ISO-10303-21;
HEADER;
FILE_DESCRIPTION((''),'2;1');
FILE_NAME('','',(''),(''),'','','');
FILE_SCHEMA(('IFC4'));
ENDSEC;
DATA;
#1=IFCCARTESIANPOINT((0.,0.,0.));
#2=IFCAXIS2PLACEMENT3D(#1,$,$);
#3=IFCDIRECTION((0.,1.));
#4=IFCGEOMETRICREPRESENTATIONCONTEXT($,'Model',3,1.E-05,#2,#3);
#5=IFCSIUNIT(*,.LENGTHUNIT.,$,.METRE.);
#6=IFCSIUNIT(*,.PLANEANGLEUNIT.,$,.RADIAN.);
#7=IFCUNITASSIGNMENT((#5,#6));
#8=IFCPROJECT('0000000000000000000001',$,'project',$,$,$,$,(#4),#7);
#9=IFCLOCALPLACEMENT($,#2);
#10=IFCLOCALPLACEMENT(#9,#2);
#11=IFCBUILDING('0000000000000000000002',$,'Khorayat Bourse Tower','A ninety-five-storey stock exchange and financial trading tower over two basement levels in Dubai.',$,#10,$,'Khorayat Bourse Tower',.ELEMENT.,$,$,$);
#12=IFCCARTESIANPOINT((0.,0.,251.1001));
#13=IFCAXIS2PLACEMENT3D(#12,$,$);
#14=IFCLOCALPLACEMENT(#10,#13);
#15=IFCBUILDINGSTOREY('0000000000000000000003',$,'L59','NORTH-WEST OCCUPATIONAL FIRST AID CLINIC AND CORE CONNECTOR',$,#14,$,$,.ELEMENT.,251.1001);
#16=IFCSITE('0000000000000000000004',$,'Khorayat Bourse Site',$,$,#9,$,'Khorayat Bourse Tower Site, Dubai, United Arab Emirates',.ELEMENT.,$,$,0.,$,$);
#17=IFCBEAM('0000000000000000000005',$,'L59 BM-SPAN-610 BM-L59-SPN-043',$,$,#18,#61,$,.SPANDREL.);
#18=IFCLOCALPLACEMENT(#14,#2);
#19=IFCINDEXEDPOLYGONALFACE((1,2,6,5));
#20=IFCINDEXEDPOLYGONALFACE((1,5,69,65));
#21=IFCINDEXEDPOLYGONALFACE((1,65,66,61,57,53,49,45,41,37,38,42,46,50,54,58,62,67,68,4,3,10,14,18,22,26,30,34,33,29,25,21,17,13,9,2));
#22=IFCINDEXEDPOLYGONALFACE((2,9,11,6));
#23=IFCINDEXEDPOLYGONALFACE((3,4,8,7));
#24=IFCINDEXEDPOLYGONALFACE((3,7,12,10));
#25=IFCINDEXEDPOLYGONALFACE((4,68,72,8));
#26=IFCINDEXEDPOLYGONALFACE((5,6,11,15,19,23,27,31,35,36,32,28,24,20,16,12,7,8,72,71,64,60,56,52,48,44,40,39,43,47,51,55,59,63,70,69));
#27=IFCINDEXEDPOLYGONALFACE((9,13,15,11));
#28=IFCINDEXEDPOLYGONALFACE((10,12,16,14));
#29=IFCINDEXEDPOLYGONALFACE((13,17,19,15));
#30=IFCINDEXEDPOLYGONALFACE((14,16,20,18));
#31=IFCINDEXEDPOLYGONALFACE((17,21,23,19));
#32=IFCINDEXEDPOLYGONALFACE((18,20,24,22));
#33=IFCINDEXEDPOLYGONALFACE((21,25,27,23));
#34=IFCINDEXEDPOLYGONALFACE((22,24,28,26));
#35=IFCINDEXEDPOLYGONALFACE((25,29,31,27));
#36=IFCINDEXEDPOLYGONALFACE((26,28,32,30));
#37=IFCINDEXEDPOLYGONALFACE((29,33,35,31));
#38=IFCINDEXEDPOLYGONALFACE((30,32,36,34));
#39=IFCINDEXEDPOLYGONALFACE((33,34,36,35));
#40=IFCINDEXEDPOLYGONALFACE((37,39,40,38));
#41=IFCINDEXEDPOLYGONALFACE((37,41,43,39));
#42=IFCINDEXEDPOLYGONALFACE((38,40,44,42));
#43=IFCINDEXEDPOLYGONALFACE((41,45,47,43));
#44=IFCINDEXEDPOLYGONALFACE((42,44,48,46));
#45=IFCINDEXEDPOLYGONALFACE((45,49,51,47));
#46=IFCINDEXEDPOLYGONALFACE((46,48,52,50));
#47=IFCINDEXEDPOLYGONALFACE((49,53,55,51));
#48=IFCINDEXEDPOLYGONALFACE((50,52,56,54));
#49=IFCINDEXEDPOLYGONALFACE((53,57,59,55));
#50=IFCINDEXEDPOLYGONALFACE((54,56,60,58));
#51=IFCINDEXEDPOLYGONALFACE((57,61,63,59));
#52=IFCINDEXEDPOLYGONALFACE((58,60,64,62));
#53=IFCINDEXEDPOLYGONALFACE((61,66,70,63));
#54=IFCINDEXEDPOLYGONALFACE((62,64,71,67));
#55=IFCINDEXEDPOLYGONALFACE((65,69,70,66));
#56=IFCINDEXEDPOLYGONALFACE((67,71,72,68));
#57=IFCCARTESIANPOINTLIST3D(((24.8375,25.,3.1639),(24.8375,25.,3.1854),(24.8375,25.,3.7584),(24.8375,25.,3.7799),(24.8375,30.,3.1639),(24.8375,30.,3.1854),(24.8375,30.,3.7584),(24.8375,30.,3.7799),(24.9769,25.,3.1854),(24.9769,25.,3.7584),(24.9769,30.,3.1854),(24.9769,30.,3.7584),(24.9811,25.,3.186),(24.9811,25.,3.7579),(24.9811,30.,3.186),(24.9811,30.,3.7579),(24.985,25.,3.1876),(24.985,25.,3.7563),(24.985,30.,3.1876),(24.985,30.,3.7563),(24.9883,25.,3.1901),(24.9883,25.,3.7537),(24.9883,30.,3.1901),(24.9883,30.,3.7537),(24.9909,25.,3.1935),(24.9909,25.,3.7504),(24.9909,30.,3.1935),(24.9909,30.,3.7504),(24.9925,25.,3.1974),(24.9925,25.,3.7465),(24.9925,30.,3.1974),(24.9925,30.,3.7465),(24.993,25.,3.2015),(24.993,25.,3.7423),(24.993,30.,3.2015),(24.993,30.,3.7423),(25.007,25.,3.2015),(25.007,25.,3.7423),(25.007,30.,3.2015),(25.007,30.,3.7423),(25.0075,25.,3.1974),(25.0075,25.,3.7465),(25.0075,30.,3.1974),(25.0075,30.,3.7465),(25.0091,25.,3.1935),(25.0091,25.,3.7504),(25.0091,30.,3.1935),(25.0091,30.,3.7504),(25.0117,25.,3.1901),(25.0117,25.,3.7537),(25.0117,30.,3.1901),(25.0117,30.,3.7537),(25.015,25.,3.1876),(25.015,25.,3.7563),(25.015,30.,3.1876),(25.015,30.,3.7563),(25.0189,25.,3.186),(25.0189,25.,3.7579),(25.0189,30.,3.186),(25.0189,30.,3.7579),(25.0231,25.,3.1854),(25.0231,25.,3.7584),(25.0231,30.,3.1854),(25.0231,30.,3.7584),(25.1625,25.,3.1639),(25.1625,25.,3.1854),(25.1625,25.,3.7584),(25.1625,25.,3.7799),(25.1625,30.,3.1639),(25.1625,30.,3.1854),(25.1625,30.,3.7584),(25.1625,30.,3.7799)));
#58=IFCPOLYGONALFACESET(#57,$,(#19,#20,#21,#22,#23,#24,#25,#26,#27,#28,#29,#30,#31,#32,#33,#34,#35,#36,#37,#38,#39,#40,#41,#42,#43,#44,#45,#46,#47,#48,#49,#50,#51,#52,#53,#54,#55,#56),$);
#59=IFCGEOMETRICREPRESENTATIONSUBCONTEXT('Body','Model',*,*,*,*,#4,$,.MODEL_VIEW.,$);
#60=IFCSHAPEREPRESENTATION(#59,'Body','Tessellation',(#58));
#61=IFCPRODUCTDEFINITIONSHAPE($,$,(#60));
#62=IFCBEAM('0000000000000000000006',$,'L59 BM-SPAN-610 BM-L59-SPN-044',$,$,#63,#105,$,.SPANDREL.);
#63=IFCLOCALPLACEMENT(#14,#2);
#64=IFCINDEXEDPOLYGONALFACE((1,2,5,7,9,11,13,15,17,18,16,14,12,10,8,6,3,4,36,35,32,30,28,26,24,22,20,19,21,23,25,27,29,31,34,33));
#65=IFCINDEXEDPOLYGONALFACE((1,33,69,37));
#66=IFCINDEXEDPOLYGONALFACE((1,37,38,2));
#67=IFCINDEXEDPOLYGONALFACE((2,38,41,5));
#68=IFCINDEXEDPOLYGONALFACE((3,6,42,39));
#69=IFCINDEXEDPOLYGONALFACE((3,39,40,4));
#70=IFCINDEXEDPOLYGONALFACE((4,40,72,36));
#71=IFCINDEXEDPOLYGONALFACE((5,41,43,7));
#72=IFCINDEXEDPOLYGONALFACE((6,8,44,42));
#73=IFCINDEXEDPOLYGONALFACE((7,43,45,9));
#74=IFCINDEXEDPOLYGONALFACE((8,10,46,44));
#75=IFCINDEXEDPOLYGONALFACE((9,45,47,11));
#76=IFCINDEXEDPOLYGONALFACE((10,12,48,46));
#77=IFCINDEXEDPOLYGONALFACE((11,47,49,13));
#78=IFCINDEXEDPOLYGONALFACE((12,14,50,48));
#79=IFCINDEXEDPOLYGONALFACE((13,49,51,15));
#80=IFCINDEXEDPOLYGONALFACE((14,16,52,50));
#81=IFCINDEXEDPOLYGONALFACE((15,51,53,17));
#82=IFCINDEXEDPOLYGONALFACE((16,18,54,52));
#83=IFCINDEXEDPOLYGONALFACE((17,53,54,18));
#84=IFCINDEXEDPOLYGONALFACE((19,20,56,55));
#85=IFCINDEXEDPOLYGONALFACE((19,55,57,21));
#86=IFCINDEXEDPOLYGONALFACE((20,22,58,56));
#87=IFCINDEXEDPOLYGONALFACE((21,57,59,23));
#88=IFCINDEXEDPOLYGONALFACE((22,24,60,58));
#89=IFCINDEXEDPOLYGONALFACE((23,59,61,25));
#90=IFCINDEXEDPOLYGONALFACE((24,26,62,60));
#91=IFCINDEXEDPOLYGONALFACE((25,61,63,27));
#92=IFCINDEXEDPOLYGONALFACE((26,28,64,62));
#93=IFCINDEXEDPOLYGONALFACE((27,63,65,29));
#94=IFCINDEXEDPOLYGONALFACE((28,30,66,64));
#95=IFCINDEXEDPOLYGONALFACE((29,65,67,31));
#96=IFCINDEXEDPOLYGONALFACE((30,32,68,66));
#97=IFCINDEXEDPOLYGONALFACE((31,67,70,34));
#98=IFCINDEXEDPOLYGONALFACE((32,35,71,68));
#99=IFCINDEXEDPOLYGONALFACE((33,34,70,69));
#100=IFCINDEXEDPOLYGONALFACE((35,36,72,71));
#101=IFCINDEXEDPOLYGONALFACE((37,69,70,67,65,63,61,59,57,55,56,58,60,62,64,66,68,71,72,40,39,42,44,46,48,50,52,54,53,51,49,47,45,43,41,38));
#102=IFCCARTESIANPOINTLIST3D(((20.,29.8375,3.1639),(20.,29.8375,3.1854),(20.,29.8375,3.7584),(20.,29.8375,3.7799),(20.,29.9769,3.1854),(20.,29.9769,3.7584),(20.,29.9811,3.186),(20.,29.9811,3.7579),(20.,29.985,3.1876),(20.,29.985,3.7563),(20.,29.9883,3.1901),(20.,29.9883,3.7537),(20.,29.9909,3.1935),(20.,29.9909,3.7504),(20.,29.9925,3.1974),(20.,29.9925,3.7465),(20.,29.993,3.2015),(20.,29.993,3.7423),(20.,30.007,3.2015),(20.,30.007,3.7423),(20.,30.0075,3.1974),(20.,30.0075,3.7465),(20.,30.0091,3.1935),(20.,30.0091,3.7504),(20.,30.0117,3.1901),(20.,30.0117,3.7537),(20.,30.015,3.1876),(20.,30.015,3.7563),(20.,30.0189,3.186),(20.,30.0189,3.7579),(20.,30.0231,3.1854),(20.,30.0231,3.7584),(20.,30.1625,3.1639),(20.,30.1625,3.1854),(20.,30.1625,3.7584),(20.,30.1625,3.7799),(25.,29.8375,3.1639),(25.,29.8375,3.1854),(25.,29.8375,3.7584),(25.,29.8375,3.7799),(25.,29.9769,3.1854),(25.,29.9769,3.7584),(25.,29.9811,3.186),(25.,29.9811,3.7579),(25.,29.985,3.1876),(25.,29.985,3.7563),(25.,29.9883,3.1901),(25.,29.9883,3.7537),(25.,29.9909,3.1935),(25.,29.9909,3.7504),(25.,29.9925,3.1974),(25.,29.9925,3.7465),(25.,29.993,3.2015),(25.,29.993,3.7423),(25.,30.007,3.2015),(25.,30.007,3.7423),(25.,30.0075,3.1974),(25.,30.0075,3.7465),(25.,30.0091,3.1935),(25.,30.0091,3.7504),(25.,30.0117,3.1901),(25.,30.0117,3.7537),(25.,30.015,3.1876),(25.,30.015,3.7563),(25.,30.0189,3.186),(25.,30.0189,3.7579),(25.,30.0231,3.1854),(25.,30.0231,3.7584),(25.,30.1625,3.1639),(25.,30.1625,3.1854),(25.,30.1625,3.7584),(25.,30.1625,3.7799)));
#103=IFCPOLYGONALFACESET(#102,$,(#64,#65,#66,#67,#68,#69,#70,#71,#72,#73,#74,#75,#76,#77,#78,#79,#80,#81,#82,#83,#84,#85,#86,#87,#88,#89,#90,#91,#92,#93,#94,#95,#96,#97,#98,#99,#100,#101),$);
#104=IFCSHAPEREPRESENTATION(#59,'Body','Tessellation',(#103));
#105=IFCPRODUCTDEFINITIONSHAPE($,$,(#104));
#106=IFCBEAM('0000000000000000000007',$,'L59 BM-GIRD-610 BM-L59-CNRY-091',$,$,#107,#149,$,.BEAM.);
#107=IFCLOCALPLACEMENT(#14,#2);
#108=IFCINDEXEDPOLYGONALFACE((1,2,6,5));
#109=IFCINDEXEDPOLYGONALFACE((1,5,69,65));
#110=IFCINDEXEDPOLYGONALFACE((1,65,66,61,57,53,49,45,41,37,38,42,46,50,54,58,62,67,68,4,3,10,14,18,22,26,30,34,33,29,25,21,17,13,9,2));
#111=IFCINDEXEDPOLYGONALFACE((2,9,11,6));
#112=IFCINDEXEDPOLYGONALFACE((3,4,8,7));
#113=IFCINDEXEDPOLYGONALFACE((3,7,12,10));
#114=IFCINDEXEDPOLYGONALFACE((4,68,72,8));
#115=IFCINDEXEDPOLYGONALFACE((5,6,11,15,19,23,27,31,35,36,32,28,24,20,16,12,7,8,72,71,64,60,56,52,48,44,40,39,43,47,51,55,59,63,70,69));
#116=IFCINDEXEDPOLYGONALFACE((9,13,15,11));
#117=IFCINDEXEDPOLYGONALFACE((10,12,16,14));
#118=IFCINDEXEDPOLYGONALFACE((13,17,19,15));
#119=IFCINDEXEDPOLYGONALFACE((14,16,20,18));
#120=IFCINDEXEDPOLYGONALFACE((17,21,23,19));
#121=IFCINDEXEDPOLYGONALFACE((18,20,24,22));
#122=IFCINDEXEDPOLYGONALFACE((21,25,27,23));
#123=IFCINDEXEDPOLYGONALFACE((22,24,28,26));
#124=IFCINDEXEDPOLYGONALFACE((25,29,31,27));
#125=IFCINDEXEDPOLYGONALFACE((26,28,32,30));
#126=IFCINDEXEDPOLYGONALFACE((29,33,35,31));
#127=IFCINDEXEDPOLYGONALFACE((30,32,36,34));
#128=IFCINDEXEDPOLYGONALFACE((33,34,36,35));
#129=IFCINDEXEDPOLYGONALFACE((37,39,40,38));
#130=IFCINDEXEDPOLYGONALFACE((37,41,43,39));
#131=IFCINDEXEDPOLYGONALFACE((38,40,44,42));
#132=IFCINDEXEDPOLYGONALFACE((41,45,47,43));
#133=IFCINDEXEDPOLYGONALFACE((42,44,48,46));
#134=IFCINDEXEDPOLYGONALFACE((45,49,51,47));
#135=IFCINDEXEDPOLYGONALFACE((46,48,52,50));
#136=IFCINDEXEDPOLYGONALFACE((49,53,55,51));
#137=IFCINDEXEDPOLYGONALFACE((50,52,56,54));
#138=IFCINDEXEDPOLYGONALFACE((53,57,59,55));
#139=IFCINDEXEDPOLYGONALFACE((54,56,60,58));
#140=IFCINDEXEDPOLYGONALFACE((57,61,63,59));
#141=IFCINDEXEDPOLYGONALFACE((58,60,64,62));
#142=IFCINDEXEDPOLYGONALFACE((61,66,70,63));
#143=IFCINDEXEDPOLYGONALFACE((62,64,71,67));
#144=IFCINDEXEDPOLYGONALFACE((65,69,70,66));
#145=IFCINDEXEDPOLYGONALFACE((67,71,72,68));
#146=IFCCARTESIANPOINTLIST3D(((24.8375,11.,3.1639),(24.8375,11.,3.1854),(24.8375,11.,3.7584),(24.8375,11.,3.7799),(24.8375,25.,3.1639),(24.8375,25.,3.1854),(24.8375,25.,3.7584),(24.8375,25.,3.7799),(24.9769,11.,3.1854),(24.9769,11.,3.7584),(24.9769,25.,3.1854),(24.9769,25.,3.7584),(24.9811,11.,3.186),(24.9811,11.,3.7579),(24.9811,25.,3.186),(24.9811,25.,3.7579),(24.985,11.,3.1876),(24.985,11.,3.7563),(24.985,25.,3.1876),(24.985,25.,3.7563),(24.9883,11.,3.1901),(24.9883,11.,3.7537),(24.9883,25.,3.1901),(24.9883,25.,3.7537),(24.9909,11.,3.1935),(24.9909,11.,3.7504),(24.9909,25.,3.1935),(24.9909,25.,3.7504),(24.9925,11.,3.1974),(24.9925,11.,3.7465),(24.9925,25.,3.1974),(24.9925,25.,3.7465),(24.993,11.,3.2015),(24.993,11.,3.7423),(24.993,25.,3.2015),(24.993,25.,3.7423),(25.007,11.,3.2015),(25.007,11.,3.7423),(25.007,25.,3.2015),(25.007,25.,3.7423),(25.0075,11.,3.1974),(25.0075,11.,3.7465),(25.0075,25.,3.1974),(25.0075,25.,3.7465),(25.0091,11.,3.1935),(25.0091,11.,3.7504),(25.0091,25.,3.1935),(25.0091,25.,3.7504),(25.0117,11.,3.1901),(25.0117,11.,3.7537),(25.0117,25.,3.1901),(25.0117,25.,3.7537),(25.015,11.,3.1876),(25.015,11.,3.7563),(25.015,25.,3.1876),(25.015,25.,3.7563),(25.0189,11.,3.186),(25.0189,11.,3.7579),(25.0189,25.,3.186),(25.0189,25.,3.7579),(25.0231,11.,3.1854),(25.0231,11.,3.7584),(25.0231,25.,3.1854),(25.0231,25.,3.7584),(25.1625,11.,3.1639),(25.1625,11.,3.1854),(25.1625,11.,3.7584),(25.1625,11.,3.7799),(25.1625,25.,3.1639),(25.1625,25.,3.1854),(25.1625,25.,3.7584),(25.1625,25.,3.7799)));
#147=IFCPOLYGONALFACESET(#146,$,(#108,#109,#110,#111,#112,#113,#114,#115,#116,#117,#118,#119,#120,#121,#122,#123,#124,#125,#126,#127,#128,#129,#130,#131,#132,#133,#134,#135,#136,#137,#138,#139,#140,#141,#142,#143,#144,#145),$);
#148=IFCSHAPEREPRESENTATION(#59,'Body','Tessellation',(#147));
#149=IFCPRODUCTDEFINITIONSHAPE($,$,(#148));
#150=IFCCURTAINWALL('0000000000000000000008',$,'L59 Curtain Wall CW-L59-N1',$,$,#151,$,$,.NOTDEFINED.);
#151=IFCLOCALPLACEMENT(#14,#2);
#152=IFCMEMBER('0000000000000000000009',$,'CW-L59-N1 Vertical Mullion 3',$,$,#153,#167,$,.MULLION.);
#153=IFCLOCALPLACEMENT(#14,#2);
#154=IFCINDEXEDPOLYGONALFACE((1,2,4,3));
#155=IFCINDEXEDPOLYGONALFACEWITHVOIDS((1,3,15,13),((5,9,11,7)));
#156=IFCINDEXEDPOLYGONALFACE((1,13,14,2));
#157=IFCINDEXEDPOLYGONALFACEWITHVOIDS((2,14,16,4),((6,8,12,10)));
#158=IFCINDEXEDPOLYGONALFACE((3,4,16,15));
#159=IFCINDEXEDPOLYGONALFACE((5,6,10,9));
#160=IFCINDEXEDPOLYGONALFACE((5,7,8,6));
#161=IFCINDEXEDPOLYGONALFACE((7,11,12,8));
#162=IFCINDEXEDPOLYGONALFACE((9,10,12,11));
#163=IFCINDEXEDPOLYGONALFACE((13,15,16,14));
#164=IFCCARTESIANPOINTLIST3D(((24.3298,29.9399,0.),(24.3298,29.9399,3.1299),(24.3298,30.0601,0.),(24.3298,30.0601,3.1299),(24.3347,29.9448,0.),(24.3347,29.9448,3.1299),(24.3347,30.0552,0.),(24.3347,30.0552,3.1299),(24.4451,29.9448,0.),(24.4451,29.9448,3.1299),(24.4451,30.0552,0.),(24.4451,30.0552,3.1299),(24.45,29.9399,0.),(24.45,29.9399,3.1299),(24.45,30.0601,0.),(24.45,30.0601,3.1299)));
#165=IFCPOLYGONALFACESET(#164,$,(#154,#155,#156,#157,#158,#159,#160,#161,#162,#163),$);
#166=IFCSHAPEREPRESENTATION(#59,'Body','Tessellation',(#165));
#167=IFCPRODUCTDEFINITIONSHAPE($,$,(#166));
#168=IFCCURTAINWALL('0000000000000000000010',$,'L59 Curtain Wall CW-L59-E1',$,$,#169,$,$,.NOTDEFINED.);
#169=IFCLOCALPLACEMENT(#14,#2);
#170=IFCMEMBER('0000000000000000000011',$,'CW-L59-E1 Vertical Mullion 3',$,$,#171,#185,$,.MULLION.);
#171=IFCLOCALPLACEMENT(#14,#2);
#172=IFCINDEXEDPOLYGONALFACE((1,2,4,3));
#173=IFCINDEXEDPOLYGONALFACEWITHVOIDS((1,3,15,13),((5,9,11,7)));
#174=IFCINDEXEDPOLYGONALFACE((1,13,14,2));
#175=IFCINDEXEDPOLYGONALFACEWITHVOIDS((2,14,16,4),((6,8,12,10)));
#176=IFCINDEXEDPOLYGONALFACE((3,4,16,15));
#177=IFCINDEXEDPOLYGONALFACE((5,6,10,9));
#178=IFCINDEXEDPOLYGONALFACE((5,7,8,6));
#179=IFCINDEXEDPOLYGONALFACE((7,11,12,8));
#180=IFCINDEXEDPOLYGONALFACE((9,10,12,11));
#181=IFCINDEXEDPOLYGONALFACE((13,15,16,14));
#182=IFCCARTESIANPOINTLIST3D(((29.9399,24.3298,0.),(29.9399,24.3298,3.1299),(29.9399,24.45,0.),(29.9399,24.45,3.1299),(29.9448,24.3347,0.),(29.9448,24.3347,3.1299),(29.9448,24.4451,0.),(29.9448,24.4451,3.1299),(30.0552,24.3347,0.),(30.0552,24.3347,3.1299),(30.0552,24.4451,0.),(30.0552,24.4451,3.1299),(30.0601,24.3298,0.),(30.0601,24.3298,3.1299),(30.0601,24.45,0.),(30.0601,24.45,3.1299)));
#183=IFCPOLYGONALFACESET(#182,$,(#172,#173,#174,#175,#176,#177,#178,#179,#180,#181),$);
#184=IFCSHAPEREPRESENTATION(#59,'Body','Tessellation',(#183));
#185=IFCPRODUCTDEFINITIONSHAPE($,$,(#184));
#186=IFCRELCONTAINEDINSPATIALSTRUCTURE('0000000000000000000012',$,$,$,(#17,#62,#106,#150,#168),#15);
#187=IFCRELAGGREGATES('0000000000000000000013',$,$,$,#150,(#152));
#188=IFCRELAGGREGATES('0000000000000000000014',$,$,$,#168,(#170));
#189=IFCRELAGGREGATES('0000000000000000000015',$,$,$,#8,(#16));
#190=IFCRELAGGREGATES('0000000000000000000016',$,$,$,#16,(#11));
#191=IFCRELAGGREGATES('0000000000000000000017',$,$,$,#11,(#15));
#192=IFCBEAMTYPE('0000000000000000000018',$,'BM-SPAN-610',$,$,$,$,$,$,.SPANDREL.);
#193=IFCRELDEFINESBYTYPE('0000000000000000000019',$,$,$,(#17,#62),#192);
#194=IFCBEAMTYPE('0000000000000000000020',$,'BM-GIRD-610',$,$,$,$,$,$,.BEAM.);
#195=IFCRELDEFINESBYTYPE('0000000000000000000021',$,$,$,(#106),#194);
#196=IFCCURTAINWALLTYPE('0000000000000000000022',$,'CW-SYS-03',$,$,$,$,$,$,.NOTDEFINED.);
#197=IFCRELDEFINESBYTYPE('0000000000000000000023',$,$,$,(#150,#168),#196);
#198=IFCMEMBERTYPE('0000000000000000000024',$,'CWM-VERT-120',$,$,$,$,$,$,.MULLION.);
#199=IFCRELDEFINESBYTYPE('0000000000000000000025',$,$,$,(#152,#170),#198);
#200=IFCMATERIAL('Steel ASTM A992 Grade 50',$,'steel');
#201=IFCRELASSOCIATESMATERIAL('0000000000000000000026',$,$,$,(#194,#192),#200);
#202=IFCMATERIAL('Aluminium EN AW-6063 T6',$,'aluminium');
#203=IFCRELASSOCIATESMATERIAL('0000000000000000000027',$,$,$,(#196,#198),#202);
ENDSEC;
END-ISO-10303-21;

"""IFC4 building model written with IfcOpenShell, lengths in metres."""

from ifc_helpers import new_model, si_unit, direction, frame, origin, origin_2d, place, context, subcontext, project, spatial, hollow_rectangle, i_section, extrude, source, transform, mapped, material, material_profile, profile_set, type_object, element, aggregate, save


model = new_model("IFC4")

# Units and contexts
model_context = context("Model", 3, precision=1e-05, world=origin(), true_north=direction((0.0, 1.0)))
body_context = subcontext(model_context, "Body", "Model", "MODEL_VIEW")
ifc_project = project(units=[si_unit("LENGTHUNIT", "METRE"), si_unit("PLANEANGLEUNIT", "RADIAN")], contexts=[model_context])

# Site, building, storey
site_placement = place(None, origin())
site = spatial("IfcSite", under=ifc_project, at=site_placement, Name="Khorayat Bourse Site", LongName="Khorayat Bourse Tower Site, Dubai, United Arab Emirates", CompositionType="ELEMENT", RefElevation=0.0)
building_placement = place(site_placement, origin())
building = spatial("IfcBuilding", under=site, at=building_placement, Name="Khorayat Bourse Tower", Description="A ninety-five-storey stock exchange and financial trading tower over two basement levels in Dubai.", LongName="Khorayat Bourse Tower", CompositionType="ELEMENT")
storey_placement = place(building_placement, frame((0.0, 0.0, 251.1001)))
storey = spatial("IfcBuildingStorey", under=building, at=storey_placement, Name="L59", Description="NORTH-WEST OCCUPATIONAL FIRST AID CLINIC AND CORE CONNECTOR", CompositionType="ELEMENT", Elevation=251.1001)

# Beams
ifc_material_1 = material(Name="Steel ASTM A992 Grade 50", Category="steel")
ifc_material_profile_1 = material_profile(ifc_material_1, i_section(OverallWidth=0.325, OverallDepth=0.616, WebThickness=0.0139, FlangeThickness=0.0215, FilletRadius=0.0161, at=origin_2d()), Name="W610X174")
ifc_profile_set_1 = profile_set([ifc_material_profile_1], Name="Steel ASTM A992 Grade 50")
beam_type_1 = type_object("IfcBeamType", Name="BM-GIRD-610", PredefinedType="BEAM", material=ifc_profile_set_1)
ifc_material_profile_2 = material_profile(ifc_material_1, i_section(OverallWidth=0.325, OverallDepth=0.616, WebThickness=0.0139, FlangeThickness=0.0215, FilletRadius=0.0161, at=origin_2d()), Name="W610X174")
ifc_profile_set_2 = profile_set([ifc_material_profile_2], Name="Steel ASTM A992 Grade 50")
beam_type_2 = type_object("IfcBeamType", Name="BM-SPAN-610", PredefinedType="SPANDREL", material=ifc_profile_set_2)
shared_shape_1 = source(origin(), body_context, "Body", "SweptSolid", [
    extrude(i_section(OverallWidth=0.325, OverallDepth=0.616, WebThickness=0.0139, FlangeThickness=0.0215, FilletRadius=0.0161, at=origin_2d()), origin(), (0.0, 0.0, 1.0), 5.0),
])
for number, where, z_axis, x_axis, name in (
    (1, (25.0, 25.0, 3.4719), (0.0, 1.0, 0.0), (-1.0, 0.0, 0.0), "L59 BM-SPAN-610 BM-L59-SPN-043"),
    (2, (20.0, 30.0, 3.4719), (1.0, 0.0, 0.0), (0.0, 1.0, 0.0), "L59 BM-SPAN-610 BM-L59-SPN-044"),
):
    element("IfcBeam", number, at=place(storey_placement, frame(where, z_axis=z_axis, x_axis=x_axis)), inside=storey, type_object=beam_type_2, Name=name, PredefinedType="SPANDREL", context=body_context, shape_type="MappedRepresentation", body=[
        mapped(shared_shape_1, transform((0.0, 0.0, 0.0), scale=1.0)),
    ])
shared_shape_2 = source(origin(), body_context, "Body", "SweptSolid", [
    extrude(i_section(OverallWidth=0.325, OverallDepth=0.616, WebThickness=0.0139, FlangeThickness=0.0215, FilletRadius=0.0161, at=origin_2d()), origin(), (0.0, 0.0, 1.0), 14.0),
])
beam_1_placement = place(storey_placement, frame((25.0, 11.0, 3.4719), z_axis=(0.0, 1.0, 0.0), x_axis=(-1.0, 0.0, 0.0)))
element("IfcBeam", 3, at=beam_1_placement, inside=storey, type_object=beam_type_1, Name="L59 BM-GIRD-610 BM-L59-CNRY-091", PredefinedType="BEAM", context=body_context, shape_type="MappedRepresentation", body=[
    mapped(shared_shape_2, transform((0.0, 0.0, 0.0), scale=1.0)),
])

# Curtain wall, member
ifc_material_2 = material(Name="Aluminium EN AW-6063 T6", Category="aluminium")
curtain_wall_type = type_object("IfcCurtainWallType", Name="CW-SYS-03", PredefinedType="NOTDEFINED", material=ifc_material_2)
curtain_wall_1_placement = place(storey_placement, origin())
curtain_wall_1 = element("IfcCurtainWall", 4, at=curtain_wall_1_placement, inside=storey, type_object=curtain_wall_type, Name="L59 Curtain Wall CW-L59-N1", PredefinedType="NOTDEFINED")
ifc_material_profile_3 = material_profile(ifc_material_2, hollow_rectangle(XDim=0.1201, YDim=0.1201, WallThickness=0.0049, at=origin_2d()), Name="ALU 120x120x5")
ifc_profile_set_3 = profile_set([ifc_material_profile_3], Name="Aluminium EN AW-6063 T6")
member_type_1 = type_object("IfcMemberType", Name="CWM-VERT-120", PredefinedType="MULLION", material=ifc_profile_set_3)
shared_shape_3 = source(origin(), body_context, "Body", "SweptSolid", [
    extrude(hollow_rectangle(XDim=0.1201, YDim=0.1201, WallThickness=0.0049, at=origin_2d()), origin(), (0.0, 0.0, 1.0), 3.1299),
])
member_1_placement = place(storey_placement, frame((24.3899, 30.0, 0.0), z_axis=(0.0, 0.0, 1.0), x_axis=(0.0, 1.0, 0.0)))
member_1 = element("IfcMember", 5, at=member_1_placement, type_object=member_type_1, Name="CW-L59-N1 Vertical Mullion 3", PredefinedType="MULLION", context=body_context, shape_type="MappedRepresentation", body=[
    mapped(shared_shape_3, transform((0.0, 0.0, 0.0), scale=1.0)),
])
aggregate(curtain_wall_1, [member_1])

# Curtain wall, member
curtain_wall_2_placement = place(storey_placement, origin())
curtain_wall_2 = element("IfcCurtainWall", 6, at=curtain_wall_2_placement, inside=storey, type_object=curtain_wall_type, Name="L59 Curtain Wall CW-L59-E1", PredefinedType="NOTDEFINED")
member_2_placement = place(storey_placement, frame((30.0, 24.3899, 0.0), z_axis=(0.0, 0.0, 1.0), x_axis=(-1.0, 0.0, 0.0)))
member_2 = element("IfcMember", 7, at=member_2_placement, type_object=member_type_1, Name="CW-L59-E1 Vertical Mullion 3", PredefinedType="MULLION", context=body_context, shape_type="MappedRepresentation", body=[
    mapped(shared_shape_3, transform((0.0, 0.0, 0.0), scale=1.0)),
])

aggregate(curtain_wall_2, [member_2])

save(model, "model.ifc")
